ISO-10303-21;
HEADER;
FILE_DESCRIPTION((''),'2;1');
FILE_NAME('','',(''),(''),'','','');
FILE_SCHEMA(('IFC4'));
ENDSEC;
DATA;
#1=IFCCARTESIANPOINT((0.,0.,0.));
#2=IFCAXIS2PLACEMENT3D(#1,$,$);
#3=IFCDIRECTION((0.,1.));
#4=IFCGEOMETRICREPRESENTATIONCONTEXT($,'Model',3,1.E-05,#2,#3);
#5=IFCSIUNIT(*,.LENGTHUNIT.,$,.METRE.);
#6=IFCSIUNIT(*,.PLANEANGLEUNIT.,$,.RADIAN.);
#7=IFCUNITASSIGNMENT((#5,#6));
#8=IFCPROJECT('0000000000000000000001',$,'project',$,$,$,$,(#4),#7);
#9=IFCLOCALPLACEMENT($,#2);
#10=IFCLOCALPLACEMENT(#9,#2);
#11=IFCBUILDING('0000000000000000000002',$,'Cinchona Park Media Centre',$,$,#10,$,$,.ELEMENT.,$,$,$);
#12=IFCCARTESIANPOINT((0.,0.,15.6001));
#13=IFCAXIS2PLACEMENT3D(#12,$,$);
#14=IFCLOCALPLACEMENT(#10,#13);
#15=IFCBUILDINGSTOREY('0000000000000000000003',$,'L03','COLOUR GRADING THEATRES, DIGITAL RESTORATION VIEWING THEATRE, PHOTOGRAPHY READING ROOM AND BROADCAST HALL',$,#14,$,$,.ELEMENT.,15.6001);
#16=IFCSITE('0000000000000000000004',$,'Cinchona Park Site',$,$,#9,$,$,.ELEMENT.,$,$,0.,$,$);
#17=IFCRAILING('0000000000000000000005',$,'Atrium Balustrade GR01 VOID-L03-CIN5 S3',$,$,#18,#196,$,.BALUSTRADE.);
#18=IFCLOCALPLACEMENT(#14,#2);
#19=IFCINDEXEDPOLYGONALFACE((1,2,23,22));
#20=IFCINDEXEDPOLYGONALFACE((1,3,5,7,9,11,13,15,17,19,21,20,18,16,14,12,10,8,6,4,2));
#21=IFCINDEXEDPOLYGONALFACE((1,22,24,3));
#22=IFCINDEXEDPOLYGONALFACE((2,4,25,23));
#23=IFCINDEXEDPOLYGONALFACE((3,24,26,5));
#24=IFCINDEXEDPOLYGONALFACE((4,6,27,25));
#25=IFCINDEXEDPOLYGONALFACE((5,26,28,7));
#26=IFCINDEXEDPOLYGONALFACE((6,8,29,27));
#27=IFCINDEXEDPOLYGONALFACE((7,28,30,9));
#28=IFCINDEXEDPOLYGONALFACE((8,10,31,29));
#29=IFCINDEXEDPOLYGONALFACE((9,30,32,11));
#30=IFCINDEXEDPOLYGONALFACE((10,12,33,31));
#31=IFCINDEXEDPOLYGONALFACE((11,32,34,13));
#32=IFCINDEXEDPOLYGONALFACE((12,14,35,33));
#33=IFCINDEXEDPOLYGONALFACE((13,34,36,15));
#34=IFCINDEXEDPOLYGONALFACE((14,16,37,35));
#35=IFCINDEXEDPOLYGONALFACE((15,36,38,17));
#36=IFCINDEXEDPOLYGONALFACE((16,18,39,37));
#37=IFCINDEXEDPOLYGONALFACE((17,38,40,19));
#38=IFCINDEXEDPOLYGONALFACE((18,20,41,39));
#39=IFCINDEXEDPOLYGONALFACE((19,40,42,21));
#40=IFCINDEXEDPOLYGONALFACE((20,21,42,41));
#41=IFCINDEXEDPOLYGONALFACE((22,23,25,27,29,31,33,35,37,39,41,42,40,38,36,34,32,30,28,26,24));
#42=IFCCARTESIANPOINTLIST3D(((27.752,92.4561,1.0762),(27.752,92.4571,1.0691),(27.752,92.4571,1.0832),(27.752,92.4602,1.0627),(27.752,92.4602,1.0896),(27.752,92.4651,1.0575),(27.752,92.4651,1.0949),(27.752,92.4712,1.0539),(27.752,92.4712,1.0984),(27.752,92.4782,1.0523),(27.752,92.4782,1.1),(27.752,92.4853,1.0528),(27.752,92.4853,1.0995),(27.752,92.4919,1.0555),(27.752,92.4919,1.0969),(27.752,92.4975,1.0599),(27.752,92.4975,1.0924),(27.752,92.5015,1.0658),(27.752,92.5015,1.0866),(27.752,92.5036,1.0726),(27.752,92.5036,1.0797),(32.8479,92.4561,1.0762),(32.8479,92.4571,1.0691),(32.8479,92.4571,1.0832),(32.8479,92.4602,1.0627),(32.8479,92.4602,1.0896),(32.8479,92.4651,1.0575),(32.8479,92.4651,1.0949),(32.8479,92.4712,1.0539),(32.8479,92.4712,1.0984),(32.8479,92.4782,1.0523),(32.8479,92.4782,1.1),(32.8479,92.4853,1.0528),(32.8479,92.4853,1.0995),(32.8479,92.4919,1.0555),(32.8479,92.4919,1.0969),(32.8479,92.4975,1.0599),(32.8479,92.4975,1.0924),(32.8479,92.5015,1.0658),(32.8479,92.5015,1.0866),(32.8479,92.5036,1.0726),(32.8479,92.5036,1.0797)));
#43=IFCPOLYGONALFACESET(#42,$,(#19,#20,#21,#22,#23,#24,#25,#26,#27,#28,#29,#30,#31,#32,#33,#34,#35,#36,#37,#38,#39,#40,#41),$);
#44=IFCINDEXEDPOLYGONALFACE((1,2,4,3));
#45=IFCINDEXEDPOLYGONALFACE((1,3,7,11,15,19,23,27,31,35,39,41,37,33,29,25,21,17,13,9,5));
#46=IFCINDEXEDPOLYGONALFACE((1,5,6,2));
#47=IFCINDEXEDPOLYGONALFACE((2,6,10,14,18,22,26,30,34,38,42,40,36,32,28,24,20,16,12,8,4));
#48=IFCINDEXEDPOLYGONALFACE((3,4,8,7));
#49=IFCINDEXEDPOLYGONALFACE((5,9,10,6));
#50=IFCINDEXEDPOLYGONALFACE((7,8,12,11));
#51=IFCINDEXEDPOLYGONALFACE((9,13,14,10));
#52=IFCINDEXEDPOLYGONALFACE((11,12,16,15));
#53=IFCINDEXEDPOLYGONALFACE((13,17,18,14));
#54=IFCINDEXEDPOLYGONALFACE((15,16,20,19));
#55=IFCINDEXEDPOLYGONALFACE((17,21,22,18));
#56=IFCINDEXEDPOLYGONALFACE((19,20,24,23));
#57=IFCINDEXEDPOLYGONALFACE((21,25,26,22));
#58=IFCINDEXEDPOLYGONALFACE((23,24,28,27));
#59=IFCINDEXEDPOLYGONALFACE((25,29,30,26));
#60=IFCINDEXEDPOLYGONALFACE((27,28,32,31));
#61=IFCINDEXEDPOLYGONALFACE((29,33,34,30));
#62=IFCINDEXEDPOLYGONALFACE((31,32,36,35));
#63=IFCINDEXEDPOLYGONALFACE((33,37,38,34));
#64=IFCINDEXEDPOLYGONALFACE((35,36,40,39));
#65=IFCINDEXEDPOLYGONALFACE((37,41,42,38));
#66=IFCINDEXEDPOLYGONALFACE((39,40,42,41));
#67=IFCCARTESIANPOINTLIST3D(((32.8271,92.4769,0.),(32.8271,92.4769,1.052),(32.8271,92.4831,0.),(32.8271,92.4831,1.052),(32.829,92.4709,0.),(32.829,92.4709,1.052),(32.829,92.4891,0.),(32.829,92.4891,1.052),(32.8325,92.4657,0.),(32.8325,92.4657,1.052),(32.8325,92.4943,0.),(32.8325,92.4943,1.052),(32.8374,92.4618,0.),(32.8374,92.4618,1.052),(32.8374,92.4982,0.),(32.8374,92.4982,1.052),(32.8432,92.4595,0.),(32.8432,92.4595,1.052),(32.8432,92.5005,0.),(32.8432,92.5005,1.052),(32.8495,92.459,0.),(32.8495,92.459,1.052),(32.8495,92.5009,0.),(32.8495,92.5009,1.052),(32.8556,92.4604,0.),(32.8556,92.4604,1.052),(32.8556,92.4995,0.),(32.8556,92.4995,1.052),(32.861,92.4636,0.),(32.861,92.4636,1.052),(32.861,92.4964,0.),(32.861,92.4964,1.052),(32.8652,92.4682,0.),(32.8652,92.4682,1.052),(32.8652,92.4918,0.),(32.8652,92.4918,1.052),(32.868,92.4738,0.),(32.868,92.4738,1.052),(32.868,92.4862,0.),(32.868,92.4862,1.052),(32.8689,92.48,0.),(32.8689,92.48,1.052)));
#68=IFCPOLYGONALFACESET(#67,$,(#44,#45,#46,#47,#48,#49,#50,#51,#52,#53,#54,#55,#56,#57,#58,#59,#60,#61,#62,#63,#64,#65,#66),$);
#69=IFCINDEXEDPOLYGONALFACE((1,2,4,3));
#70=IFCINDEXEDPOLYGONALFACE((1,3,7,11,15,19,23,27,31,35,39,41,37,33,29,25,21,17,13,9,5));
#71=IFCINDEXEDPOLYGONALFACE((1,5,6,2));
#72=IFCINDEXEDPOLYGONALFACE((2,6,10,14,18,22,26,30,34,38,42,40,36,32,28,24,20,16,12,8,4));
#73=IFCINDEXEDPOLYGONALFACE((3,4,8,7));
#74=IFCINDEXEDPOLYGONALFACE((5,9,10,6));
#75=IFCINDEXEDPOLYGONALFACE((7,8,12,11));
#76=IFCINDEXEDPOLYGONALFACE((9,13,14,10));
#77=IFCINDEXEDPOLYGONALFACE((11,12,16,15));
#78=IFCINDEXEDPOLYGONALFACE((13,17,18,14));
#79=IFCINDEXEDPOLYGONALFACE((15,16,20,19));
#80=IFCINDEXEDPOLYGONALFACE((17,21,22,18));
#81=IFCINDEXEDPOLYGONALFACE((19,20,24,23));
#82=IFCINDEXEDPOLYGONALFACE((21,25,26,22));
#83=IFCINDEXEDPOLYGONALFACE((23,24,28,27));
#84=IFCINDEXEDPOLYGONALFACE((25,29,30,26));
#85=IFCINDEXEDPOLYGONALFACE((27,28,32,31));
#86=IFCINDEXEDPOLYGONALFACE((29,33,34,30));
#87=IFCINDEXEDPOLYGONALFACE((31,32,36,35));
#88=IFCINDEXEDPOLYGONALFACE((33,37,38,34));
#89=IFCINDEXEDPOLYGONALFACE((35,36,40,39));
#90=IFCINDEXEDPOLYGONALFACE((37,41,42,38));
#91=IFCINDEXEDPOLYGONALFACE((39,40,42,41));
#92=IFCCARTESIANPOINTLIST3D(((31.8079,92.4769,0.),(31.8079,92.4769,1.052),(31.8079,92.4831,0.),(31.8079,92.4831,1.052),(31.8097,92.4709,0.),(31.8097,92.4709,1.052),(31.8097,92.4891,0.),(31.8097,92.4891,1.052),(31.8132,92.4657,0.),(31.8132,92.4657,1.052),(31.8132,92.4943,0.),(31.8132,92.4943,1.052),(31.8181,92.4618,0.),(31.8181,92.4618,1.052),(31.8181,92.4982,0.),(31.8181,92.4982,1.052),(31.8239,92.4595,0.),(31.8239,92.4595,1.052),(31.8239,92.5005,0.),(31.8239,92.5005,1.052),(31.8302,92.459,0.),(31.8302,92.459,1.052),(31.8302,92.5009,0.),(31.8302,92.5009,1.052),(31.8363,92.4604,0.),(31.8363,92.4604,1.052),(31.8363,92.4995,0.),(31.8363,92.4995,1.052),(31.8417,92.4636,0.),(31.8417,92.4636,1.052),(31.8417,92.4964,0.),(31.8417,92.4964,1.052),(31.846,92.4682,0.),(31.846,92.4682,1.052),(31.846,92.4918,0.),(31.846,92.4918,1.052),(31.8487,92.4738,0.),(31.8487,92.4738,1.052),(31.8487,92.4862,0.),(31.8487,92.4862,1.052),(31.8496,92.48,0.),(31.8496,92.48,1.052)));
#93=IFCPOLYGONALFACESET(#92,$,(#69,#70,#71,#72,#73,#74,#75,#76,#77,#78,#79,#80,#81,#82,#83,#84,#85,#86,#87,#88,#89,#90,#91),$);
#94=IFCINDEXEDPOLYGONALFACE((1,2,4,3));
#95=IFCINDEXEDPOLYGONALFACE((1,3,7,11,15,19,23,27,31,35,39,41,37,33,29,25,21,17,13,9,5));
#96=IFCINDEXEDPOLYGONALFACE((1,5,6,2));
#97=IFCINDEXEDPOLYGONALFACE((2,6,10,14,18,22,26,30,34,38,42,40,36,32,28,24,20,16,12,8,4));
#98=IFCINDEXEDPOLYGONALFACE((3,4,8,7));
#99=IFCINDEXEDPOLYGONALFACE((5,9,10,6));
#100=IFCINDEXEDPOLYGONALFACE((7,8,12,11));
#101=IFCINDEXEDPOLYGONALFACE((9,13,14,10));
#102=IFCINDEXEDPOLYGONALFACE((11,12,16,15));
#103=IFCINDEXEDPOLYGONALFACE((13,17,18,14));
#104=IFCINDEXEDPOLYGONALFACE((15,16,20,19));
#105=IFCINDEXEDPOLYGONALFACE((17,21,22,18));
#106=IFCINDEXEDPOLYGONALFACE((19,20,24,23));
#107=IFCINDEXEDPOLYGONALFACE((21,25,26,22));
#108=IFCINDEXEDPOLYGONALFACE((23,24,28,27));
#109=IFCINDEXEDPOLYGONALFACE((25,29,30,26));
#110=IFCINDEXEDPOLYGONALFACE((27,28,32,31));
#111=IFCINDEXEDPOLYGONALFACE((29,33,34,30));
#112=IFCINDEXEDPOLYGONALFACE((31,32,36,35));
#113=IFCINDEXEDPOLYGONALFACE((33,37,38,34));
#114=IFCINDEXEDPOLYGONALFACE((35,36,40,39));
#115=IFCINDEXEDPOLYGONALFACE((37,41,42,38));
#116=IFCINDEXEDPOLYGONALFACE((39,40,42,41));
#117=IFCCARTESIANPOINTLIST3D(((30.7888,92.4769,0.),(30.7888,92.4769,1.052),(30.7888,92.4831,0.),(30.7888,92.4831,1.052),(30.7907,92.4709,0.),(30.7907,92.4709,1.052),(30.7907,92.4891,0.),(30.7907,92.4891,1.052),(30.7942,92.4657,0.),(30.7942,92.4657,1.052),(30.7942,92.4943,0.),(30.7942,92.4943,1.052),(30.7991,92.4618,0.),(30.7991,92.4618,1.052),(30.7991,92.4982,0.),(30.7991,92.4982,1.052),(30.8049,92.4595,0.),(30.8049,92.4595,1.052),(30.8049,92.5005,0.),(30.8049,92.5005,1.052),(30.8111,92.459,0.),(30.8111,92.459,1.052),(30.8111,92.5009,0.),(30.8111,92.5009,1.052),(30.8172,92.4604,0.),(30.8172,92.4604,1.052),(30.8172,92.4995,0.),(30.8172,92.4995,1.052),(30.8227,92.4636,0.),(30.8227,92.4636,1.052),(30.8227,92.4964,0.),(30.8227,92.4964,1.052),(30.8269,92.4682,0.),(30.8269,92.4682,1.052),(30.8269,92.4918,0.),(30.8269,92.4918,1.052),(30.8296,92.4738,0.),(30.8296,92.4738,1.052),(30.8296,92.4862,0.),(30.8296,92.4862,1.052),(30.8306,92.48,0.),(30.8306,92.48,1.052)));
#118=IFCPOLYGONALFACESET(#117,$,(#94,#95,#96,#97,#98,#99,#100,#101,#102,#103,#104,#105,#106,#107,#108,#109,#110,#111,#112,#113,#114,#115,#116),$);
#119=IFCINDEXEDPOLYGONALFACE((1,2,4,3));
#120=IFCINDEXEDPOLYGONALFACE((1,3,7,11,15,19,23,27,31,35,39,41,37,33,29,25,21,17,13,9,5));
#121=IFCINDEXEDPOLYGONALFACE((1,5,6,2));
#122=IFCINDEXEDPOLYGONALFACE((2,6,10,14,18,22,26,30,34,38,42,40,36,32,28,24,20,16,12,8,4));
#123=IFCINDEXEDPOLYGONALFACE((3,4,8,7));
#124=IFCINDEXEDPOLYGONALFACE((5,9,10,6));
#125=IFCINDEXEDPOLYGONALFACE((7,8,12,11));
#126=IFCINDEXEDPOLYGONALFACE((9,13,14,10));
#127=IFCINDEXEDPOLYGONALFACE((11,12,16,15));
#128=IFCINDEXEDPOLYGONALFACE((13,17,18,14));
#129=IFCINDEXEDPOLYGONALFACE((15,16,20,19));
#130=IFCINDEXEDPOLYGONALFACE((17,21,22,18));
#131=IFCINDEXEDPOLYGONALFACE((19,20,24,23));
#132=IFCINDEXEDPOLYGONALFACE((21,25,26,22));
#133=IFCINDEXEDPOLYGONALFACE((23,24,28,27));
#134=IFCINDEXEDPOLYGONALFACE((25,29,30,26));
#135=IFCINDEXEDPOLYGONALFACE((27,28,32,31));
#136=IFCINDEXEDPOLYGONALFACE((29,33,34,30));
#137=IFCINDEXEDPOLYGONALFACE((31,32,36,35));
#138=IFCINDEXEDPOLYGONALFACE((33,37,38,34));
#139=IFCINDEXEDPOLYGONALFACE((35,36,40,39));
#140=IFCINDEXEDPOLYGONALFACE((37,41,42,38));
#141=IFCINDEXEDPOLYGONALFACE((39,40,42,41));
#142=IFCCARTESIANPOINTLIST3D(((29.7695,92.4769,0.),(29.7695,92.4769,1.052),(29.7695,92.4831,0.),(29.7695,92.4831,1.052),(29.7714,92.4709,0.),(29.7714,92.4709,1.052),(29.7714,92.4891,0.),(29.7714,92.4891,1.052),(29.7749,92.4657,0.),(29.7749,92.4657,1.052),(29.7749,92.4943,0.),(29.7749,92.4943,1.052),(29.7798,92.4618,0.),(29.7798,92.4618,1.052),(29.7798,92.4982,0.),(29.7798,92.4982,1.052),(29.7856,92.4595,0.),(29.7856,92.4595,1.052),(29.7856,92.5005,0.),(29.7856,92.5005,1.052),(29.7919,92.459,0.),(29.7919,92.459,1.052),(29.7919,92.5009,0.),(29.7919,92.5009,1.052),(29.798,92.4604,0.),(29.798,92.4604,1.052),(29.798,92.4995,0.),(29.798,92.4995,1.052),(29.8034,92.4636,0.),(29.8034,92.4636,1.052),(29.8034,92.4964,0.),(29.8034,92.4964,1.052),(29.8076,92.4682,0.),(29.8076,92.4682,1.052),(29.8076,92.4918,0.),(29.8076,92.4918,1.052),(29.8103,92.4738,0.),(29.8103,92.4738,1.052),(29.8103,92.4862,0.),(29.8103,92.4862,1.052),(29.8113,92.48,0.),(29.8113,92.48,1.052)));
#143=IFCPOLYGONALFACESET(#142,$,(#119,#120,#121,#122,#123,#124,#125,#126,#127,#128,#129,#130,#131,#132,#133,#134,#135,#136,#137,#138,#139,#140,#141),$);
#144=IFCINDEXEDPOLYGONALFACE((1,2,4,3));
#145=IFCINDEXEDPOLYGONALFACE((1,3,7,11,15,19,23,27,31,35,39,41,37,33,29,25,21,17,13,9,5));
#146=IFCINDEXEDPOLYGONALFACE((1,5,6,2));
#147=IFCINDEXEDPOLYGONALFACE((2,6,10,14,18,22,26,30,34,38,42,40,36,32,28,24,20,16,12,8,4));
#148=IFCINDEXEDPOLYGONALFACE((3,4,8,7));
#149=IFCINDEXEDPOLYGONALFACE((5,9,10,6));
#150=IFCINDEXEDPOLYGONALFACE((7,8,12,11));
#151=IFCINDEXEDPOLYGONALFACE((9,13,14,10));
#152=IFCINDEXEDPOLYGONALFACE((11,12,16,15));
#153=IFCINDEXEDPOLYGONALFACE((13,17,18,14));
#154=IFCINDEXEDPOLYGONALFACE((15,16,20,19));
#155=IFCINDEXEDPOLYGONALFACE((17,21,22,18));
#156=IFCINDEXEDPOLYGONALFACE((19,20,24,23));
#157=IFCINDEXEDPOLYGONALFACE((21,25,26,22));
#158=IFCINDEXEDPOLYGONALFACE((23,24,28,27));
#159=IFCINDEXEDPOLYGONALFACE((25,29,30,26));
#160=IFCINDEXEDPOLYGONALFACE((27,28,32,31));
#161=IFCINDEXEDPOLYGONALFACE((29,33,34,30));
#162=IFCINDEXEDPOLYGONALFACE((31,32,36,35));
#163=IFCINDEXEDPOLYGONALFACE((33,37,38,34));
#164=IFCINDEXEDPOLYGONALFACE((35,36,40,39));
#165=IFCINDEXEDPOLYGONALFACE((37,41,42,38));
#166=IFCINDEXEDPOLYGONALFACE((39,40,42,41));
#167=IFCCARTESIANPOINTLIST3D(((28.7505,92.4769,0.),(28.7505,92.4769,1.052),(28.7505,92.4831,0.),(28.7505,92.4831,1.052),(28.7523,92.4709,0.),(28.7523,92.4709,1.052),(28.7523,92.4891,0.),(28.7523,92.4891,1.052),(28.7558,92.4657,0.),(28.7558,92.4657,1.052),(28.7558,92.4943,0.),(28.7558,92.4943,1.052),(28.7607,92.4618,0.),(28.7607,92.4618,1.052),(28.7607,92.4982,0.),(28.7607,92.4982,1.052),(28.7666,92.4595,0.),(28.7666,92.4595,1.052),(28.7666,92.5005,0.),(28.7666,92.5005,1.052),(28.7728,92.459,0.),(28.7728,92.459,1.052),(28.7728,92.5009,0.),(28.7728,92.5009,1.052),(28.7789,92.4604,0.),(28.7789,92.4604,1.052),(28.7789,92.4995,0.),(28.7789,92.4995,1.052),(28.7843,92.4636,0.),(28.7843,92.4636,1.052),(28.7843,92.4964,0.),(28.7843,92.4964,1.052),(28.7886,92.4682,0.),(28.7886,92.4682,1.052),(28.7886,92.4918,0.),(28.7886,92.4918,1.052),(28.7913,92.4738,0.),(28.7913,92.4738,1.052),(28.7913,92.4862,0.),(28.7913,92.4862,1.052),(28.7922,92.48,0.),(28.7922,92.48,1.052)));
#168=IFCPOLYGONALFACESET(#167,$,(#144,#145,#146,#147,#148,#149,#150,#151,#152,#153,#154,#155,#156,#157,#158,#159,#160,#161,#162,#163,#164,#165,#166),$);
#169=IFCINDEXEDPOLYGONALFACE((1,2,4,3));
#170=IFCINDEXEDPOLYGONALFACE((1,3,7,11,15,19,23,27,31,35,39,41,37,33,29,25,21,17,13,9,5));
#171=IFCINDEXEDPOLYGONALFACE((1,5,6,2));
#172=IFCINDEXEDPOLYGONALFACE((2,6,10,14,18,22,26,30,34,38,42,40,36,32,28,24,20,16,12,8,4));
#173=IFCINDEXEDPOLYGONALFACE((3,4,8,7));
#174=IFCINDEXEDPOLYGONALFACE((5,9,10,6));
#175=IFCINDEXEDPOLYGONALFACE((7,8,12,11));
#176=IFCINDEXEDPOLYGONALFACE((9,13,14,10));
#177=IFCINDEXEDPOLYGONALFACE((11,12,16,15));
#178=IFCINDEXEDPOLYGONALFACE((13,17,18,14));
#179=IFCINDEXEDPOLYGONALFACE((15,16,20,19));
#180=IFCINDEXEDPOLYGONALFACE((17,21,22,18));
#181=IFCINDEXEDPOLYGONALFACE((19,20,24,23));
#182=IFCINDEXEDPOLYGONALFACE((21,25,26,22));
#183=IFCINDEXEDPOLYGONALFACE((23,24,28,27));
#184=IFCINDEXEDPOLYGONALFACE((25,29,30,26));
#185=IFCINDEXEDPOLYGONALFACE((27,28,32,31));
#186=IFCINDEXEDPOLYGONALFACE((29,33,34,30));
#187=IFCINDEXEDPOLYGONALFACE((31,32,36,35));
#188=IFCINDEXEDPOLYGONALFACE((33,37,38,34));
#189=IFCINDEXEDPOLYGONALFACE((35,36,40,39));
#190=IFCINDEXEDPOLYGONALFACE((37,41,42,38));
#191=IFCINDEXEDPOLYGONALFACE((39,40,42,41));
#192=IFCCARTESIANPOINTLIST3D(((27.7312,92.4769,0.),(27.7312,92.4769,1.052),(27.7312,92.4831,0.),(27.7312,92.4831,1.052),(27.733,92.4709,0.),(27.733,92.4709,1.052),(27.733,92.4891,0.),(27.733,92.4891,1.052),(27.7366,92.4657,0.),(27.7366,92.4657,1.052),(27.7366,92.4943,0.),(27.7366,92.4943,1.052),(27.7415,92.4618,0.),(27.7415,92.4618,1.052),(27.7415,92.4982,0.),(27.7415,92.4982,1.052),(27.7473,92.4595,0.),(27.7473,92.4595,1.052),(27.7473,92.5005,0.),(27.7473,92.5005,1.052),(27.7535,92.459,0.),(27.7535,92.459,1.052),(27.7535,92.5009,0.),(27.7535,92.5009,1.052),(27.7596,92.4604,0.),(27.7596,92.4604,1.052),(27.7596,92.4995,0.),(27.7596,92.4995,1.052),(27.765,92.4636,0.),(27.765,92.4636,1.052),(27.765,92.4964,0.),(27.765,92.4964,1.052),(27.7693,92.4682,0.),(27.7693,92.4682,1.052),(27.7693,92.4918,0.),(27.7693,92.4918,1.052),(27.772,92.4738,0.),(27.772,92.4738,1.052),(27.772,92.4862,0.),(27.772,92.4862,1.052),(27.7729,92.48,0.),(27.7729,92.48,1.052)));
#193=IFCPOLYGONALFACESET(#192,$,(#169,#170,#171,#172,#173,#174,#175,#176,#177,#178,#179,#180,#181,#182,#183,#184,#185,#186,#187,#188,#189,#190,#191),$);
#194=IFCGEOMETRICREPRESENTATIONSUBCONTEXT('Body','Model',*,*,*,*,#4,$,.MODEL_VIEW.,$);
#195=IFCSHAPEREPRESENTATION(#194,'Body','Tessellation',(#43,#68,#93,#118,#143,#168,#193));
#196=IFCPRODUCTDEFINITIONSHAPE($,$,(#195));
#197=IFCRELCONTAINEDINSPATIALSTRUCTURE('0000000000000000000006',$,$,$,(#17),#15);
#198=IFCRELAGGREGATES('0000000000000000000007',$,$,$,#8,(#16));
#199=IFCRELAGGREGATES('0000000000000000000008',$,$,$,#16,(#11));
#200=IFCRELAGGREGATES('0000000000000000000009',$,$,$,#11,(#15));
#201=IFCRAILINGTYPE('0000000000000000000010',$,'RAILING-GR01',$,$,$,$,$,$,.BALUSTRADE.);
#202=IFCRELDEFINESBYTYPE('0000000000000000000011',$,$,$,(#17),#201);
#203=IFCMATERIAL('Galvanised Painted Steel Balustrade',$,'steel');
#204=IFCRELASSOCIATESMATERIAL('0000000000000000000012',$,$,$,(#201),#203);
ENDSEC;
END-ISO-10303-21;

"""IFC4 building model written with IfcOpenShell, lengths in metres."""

from ifc_helpers import new_model, si_unit, direction, frame, origin, origin_2d, place, context, subcontext, project, spatial, circle, extrude, material, type_object, element, save


model = new_model("IFC4")

# Units and contexts
model_context = context("Model", 3, precision=1e-05, world=origin(), true_north=direction((0.0, 1.0)))
body_context = subcontext(model_context, "Body", "Model", "MODEL_VIEW")
ifc_project = project(units=[si_unit("LENGTHUNIT", "METRE"), si_unit("PLANEANGLEUNIT", "RADIAN")], contexts=[model_context])

# Site, building, storey
site_placement = place(None, origin())
site = spatial("IfcSite", under=ifc_project, at=site_placement, Name="Cinchona Park Site", CompositionType="ELEMENT", RefElevation=0.0)
building_placement = place(site_placement, origin())
building = spatial("IfcBuilding", under=site, at=building_placement, Name="Cinchona Park Media Centre", CompositionType="ELEMENT")
storey_placement = place(building_placement, frame((0.0, 0.0, 15.6001)))
storey = spatial("IfcBuildingStorey", under=building, at=storey_placement, Name="L03", Description="COLOUR GRADING THEATRES, DIGITAL RESTORATION VIEWING THEATRE, PHOTOGRAPHY READING ROOM AND BROADCAST HALL", CompositionType="ELEMENT", Elevation=15.6001)

# Railing
ifc_material_1 = material(Name="Galvanised Painted Steel Balustrade", Category="steel")
railing_type = type_object("IfcRailingType", Name="RAILING-GR01", PredefinedType="BALUSTRADE", material=ifc_material_1)
railing_1_placement = place(storey_placement, frame((32.8479, 92.48, 0.0)))
element("IfcRailing", 1, at=railing_1_placement, inside=storey, type_object=railing_type, Name="Atrium Balustrade GR01 VOID-L03-CIN5 S3", PredefinedType="BALUSTRADE", context=body_context, shape_type="SweptSolid", body=[
    extrude(circle(Radius=0.0239, at=origin_2d()), frame((0.0, 0.0, 1.0762), z_axis=(-1.0, 0.0, 0.0), x_axis=(0.0, -1.0, 0.0)), (0.0, 0.0, 1.0), 5.0959),
    extrude(circle(Radius=0.021, at=origin_2d()), origin(), (0.0, 0.0, 1.0), 1.052),
    extrude(circle(Radius=0.021, at=origin_2d()), frame((-1.0193, 0.0, 0.0)), (0.0, 0.0, 1.0), 1.052),
    extrude(circle(Radius=0.021, at=origin_2d()), frame((-2.0383, 0.0, 0.0)), (0.0, 0.0, 1.0), 1.052),
    extrude(circle(Radius=0.021, at=origin_2d()), frame((-3.0576, 0.0, 0.0)), (0.0, 0.0, 1.0), 1.052),
    extrude(circle(Radius=0.021, at=origin_2d()), frame((-4.0767, 0.0, 0.0)), (0.0, 0.0, 1.0), 1.052),
    extrude(circle(Radius=0.021, at=origin_2d()), frame((-5.0959, 0.0, 0.0)), (0.0, 0.0, 1.0), 1.052),
])

save(model, "model.ifc")
